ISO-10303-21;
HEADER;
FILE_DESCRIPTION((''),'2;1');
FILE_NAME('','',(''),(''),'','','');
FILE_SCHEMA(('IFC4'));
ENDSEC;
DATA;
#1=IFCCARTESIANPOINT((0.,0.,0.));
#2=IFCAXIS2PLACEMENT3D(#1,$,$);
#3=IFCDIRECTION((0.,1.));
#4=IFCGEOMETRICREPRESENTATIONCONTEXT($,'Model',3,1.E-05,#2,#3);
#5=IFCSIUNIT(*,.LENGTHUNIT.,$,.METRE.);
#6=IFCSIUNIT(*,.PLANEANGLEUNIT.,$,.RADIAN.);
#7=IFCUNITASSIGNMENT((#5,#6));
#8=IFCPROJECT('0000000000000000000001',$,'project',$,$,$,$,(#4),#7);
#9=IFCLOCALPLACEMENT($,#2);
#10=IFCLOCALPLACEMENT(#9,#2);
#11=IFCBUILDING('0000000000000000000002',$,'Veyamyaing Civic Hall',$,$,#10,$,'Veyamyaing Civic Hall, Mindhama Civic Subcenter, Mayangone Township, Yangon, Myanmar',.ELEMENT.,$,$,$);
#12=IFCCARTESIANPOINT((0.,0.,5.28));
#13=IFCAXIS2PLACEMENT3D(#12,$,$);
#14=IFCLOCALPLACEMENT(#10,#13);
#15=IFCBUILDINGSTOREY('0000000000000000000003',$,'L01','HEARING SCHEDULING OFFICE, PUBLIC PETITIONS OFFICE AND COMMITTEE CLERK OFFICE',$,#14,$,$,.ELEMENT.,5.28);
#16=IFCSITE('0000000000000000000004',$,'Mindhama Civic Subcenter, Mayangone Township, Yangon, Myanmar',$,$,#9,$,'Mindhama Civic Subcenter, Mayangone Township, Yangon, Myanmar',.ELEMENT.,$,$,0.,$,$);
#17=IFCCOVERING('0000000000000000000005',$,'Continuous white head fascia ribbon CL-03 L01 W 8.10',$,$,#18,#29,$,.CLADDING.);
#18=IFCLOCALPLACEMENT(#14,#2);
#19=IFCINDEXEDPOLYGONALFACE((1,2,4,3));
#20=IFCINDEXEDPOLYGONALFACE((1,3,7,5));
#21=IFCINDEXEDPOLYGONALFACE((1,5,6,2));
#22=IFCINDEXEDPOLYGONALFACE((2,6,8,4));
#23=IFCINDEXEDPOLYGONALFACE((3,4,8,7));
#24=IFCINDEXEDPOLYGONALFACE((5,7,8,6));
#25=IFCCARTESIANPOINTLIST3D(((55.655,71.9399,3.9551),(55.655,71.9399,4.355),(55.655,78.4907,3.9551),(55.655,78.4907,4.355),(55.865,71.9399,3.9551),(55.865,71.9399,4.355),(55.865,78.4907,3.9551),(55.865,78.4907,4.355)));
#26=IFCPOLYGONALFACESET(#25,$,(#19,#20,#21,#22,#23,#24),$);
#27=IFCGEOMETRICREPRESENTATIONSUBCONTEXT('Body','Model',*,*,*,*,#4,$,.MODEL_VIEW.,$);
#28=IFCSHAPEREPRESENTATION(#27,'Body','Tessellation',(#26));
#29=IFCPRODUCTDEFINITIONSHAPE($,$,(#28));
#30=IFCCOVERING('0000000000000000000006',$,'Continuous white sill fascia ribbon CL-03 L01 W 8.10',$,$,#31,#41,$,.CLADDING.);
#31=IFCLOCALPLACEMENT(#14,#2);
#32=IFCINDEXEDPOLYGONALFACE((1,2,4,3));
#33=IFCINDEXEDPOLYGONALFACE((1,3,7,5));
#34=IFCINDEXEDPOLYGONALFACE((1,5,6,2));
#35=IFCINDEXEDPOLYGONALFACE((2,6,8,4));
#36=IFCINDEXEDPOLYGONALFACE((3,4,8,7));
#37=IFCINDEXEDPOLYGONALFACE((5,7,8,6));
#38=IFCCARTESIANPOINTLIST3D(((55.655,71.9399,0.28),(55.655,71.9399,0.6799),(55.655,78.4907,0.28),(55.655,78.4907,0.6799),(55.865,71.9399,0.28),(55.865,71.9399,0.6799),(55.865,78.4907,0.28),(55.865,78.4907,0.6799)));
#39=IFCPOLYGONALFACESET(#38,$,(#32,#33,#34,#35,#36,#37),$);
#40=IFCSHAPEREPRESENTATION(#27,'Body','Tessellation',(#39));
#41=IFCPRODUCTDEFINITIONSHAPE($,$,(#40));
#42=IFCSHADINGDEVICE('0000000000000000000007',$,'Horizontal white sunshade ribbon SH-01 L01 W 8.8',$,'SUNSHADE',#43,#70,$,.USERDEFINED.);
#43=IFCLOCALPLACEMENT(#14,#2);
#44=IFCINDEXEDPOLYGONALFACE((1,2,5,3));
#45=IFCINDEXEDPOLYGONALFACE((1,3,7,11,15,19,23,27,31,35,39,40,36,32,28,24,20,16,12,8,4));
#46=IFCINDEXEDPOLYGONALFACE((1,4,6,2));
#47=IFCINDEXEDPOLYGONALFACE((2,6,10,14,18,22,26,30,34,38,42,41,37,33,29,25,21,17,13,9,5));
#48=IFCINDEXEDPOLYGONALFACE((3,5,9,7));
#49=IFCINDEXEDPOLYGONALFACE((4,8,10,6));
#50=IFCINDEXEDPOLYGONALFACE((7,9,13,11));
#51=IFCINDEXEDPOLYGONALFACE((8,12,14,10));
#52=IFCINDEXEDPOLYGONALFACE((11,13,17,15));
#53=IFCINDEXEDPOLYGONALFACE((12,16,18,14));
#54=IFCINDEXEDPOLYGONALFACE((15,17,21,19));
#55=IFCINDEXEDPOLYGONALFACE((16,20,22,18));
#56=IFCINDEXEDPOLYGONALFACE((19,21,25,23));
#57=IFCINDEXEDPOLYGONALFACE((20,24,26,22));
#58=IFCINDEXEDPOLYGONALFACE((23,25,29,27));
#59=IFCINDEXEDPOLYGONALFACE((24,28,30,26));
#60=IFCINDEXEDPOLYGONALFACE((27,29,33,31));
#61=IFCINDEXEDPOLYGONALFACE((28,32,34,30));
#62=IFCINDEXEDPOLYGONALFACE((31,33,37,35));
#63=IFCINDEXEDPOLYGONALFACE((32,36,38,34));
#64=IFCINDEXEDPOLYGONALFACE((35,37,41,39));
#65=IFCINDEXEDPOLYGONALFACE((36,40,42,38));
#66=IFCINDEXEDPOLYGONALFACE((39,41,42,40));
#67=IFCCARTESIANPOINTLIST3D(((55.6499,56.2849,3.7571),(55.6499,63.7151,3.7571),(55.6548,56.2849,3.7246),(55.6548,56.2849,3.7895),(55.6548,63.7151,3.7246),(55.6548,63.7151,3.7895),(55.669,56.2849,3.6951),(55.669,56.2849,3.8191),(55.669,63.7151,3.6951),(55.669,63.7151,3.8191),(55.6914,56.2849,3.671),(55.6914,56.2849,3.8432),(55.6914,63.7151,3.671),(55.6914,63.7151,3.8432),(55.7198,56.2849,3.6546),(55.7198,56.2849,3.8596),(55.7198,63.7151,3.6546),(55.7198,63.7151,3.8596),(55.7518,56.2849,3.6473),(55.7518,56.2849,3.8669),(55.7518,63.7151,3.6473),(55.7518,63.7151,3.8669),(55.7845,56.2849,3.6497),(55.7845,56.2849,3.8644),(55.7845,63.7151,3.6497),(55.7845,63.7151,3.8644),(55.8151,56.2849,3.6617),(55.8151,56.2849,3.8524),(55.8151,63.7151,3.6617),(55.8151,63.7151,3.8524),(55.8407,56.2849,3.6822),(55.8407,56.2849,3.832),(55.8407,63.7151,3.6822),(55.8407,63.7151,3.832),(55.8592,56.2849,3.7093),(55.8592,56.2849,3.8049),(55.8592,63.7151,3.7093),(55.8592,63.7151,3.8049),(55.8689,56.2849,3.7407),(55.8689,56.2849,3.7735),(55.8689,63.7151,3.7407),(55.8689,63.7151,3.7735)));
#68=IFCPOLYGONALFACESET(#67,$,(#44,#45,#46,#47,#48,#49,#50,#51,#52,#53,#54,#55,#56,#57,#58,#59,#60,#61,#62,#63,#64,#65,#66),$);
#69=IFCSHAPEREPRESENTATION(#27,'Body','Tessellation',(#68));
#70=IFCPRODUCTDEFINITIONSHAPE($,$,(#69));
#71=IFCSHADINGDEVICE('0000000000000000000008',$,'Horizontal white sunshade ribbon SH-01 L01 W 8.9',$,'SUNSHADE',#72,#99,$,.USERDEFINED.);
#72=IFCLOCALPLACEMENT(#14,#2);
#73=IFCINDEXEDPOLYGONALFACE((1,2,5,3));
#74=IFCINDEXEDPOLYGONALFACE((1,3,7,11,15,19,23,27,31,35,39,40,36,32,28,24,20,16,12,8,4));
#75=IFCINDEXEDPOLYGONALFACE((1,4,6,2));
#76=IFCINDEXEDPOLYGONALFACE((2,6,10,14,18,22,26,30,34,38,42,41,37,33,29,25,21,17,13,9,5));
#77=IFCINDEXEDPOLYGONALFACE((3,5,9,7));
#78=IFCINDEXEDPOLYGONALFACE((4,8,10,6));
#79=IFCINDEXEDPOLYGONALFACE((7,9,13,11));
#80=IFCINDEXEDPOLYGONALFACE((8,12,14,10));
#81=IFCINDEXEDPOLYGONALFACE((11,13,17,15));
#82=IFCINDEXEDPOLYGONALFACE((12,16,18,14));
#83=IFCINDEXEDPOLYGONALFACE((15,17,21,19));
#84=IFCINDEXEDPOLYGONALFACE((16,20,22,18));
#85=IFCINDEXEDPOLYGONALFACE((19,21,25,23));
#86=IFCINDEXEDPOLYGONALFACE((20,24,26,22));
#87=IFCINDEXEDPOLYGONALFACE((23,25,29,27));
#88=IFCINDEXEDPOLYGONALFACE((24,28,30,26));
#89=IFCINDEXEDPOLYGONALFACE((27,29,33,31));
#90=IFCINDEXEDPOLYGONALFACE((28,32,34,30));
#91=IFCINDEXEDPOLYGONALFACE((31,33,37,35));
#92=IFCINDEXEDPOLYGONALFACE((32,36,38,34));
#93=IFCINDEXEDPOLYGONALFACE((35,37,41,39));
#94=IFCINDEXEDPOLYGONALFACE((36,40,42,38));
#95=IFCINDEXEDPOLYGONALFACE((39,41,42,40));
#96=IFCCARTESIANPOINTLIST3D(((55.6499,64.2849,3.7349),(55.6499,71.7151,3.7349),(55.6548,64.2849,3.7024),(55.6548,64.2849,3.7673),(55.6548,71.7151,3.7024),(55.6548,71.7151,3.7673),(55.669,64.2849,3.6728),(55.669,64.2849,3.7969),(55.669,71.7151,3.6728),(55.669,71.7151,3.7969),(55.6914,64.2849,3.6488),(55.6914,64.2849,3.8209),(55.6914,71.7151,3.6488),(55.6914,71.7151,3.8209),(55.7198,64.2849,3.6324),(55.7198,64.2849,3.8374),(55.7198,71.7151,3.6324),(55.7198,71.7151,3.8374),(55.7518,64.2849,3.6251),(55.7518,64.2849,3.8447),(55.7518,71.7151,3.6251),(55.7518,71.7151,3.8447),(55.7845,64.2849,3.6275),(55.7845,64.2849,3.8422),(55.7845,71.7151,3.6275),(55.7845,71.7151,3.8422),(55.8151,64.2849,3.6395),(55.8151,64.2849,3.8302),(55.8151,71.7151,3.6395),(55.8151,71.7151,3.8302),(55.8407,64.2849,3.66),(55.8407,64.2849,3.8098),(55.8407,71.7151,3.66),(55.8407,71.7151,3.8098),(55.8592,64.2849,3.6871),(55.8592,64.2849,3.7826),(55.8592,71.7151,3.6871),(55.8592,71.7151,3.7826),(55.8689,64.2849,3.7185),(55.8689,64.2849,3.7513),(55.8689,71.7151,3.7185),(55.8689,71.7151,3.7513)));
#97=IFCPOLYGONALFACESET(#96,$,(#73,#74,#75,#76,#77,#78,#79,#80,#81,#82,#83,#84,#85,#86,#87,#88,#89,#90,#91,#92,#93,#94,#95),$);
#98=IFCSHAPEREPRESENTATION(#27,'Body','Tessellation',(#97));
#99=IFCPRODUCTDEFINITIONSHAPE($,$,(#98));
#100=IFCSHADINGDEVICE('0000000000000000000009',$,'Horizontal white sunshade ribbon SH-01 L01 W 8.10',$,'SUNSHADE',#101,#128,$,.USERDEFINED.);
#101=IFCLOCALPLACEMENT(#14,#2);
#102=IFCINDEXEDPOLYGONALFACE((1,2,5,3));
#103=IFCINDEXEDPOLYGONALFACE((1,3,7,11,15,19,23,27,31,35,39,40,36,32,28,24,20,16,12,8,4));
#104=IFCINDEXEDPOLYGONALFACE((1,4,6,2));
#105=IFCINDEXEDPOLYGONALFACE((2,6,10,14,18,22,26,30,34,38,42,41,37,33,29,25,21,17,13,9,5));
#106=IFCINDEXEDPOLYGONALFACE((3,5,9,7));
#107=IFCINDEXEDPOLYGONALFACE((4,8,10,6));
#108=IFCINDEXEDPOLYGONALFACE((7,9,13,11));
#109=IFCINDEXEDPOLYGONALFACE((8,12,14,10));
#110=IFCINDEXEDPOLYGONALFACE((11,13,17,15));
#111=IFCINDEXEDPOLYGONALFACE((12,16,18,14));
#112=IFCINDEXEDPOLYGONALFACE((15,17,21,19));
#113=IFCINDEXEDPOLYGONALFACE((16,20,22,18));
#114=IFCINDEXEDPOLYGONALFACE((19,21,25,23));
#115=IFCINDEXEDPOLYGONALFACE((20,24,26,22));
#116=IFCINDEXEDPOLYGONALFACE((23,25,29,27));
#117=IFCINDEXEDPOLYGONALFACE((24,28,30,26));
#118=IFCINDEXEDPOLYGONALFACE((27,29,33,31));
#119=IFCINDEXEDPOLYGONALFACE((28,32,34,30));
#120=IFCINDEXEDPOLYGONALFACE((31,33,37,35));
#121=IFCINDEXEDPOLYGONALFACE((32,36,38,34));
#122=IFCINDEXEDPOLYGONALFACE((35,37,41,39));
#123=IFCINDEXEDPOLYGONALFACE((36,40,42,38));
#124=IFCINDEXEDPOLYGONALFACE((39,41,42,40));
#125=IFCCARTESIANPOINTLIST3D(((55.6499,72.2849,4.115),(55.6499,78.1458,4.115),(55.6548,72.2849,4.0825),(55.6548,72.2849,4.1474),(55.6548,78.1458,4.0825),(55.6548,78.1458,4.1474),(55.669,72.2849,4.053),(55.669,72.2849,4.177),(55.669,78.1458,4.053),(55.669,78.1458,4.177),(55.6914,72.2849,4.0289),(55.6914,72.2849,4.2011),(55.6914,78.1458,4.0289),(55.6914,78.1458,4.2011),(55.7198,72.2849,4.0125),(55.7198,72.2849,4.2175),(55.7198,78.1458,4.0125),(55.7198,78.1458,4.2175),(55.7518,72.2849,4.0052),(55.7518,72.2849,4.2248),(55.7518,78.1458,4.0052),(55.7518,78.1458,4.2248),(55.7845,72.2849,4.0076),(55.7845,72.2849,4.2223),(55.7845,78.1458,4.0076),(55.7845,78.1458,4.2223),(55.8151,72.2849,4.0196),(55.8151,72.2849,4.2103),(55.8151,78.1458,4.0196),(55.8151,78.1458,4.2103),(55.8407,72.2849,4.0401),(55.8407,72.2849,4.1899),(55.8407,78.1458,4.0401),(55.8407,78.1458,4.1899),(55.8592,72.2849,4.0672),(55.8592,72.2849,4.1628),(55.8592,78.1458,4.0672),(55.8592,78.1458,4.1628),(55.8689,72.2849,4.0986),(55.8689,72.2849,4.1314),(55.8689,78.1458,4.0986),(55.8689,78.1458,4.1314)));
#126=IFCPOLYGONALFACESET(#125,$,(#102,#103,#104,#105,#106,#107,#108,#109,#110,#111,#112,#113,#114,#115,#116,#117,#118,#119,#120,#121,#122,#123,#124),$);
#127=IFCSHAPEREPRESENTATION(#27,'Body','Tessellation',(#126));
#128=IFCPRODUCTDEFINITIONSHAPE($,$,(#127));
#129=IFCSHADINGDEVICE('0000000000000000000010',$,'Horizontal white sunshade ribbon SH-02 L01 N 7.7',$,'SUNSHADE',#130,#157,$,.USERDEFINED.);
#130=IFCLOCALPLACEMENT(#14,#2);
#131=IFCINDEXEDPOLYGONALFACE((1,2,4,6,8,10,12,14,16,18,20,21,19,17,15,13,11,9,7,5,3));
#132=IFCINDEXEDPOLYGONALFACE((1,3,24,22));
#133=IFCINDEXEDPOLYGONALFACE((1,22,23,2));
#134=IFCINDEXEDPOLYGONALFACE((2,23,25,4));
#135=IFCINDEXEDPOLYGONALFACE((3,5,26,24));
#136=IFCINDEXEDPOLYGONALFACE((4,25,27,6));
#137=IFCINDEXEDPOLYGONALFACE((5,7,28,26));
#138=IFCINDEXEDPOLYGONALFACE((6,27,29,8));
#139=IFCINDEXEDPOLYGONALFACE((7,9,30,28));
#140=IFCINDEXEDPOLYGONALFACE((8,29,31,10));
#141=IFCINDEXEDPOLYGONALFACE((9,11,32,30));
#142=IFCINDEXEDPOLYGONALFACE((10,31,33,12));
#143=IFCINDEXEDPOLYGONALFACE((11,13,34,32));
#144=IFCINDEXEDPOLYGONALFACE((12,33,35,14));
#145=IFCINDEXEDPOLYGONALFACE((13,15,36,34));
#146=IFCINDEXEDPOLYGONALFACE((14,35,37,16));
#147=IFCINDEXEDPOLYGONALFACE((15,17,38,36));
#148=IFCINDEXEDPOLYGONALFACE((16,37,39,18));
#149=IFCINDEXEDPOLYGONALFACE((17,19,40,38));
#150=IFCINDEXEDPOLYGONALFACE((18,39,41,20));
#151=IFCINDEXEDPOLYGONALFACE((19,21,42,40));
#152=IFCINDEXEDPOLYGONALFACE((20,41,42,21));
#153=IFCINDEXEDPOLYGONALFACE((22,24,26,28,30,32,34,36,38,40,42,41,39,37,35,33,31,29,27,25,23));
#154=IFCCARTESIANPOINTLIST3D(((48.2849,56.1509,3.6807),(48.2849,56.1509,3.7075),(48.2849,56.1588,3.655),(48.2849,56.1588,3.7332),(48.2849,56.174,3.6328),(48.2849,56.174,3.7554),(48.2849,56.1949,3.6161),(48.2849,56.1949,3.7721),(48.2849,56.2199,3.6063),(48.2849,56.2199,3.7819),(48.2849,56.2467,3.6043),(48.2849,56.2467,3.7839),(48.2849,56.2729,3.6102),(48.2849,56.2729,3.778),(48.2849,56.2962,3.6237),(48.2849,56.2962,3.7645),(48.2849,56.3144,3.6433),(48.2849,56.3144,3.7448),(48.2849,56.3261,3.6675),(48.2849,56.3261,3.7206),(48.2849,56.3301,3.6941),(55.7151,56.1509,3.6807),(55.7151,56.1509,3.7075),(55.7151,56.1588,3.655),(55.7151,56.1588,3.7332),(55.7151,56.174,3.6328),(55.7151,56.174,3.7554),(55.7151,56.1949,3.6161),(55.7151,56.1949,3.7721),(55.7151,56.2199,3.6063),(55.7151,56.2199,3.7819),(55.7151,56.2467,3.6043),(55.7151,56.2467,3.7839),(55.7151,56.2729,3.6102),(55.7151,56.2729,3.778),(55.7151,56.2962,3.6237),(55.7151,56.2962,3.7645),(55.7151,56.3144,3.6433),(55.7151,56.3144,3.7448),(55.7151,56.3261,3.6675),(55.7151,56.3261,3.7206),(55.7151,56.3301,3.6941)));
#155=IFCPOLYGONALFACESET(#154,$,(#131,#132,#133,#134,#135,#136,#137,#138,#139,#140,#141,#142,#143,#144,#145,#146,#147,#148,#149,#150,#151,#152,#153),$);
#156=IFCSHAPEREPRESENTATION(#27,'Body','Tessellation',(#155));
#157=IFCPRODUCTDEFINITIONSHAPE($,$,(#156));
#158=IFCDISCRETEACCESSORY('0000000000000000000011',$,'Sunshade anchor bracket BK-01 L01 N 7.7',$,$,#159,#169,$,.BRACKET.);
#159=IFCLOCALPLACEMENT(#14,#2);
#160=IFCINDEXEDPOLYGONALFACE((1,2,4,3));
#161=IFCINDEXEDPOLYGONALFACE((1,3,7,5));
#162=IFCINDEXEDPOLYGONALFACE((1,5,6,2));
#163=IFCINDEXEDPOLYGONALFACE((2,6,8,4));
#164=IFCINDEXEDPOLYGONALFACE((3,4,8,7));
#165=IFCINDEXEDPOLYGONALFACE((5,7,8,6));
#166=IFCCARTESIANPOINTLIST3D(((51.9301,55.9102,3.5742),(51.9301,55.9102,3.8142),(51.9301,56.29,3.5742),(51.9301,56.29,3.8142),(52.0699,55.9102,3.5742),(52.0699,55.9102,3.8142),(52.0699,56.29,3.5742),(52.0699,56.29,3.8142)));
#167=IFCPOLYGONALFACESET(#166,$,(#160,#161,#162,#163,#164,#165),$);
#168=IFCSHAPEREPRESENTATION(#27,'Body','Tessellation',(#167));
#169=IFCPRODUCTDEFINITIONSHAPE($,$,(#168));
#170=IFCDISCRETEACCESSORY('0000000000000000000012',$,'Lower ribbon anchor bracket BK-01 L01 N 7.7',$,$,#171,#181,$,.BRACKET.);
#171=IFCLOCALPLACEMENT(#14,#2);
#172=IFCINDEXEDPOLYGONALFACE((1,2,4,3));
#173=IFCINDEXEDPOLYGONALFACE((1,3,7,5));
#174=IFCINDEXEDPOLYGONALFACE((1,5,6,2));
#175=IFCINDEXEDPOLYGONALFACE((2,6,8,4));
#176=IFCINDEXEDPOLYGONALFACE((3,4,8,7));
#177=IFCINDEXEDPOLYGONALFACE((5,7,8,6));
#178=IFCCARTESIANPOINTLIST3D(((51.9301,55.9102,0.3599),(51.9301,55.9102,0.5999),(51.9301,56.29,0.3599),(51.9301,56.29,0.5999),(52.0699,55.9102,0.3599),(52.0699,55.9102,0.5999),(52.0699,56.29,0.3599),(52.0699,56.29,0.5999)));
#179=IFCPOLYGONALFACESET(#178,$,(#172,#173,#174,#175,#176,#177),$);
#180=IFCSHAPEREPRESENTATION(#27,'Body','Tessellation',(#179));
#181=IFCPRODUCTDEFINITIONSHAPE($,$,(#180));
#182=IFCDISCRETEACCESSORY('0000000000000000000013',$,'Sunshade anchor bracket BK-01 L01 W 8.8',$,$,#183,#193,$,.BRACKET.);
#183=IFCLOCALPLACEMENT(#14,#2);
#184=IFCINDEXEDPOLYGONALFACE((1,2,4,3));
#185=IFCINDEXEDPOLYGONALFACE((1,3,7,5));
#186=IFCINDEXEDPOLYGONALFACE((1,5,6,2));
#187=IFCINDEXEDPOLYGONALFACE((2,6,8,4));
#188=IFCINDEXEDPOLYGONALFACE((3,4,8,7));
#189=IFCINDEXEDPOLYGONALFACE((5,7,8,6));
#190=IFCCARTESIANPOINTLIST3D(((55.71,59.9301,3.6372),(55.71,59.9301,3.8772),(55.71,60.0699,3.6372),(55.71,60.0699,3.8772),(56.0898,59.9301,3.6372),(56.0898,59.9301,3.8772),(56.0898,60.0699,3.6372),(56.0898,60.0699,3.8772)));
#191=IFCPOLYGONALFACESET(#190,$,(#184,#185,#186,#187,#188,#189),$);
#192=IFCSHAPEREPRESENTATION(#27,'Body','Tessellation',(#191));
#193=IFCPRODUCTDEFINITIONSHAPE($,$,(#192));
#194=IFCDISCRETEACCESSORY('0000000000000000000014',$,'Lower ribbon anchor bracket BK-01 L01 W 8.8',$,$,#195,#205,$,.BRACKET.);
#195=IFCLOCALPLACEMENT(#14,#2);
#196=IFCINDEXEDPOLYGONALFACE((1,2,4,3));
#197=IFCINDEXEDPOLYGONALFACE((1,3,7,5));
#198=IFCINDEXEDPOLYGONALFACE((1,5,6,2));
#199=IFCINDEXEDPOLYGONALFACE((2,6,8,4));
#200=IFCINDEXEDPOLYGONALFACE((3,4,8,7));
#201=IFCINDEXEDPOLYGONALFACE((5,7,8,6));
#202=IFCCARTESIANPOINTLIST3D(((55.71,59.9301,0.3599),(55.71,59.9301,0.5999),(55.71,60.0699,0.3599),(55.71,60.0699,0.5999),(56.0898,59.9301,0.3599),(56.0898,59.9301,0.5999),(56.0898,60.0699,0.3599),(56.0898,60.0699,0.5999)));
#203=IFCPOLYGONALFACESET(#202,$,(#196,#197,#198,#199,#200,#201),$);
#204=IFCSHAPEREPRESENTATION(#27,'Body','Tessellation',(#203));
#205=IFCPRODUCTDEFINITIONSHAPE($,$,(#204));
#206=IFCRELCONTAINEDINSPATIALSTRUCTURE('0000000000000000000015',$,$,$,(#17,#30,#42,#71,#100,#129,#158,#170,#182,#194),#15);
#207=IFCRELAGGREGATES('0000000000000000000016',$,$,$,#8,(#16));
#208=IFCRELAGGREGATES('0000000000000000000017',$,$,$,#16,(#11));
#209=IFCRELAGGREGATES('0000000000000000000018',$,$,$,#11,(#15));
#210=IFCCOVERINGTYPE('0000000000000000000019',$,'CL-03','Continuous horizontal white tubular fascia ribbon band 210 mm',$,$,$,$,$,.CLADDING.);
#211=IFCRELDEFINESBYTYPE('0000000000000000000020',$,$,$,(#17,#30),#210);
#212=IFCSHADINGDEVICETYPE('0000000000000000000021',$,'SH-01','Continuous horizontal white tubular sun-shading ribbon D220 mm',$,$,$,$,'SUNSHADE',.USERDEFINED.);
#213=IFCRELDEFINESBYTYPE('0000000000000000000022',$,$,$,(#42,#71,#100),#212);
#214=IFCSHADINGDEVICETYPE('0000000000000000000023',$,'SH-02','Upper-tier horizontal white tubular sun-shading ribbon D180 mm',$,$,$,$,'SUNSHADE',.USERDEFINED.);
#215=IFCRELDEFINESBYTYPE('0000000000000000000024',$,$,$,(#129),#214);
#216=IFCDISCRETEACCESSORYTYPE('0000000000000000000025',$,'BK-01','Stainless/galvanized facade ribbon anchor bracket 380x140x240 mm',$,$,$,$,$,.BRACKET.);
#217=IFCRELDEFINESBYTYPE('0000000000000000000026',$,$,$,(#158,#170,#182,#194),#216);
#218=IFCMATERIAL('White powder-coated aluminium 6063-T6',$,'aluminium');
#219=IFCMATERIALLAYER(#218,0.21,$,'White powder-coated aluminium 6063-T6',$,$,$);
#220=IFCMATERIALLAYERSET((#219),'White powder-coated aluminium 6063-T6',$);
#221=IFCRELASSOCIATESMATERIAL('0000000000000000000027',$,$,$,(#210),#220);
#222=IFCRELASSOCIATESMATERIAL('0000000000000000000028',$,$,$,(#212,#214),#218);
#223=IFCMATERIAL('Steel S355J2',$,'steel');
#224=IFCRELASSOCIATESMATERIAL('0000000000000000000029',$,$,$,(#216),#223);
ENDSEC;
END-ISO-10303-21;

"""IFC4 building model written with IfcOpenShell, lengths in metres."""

from ifc_helpers import new_model, si_unit, direction, frame, origin, origin_2d, place, context, subcontext, project, spatial, rectangle, circle, extrude, material, layer, layer_set, material_profile, profile_set, type_object, element, save


model = new_model("IFC4")

# Units and contexts
model_context = context("Model", 3, precision=1e-05, world=origin(), true_north=direction((0.0, 1.0)))
body_context = subcontext(model_context, "Body", "Model", "MODEL_VIEW")
ifc_project = project(units=[si_unit("LENGTHUNIT", "METRE"), si_unit("PLANEANGLEUNIT", "RADIAN")], contexts=[model_context])

# Site, building, storey
site_placement = place(None, origin())
site = spatial("IfcSite", under=ifc_project, at=site_placement, Name="Mindhama Civic Subcenter, Mayangone Township, Yangon, Myanmar", LongName="Mindhama Civic Subcenter, Mayangone Township, Yangon, Myanmar", CompositionType="ELEMENT", RefElevation=0.0)
building_placement = place(site_placement, origin())
building = spatial("IfcBuilding", under=site, at=building_placement, Name="Veyamyaing Civic Hall", LongName="Veyamyaing Civic Hall, Mindhama Civic Subcenter, Mayangone Township, Yangon, Myanmar", CompositionType="ELEMENT")
storey_placement = place(building_placement, frame((0.0, 0.0, 5.28)))
storey = spatial("IfcBuildingStorey", under=building, at=storey_placement, Name="L01", Description="HEARING SCHEDULING OFFICE, PUBLIC PETITIONS OFFICE AND COMMITTEE CLERK OFFICE", CompositionType="ELEMENT", Elevation=5.28)

# Coverings
ifc_material_1 = material(Name="White powder-coated aluminium 6063-T6", Category="aluminium")
ifc_layer_1 = layer(ifc_material_1, 0.21, Name="White powder-coated aluminium 6063-T6")
ifc_layer_set_1 = layer_set([ifc_layer_1], Name="White powder-coated aluminium 6063-T6")
covering_type_1 = type_object("IfcCoveringType", Name="CL-03", Description="Continuous horizontal white tubular fascia ribbon band 210 mm", PredefinedType="CLADDING", material=ifc_layer_set_1)
for number, where, z_axis, x_axis, name in (
    (1, (55.76, 75.2153, 3.9551), (0.0, 0.0, 1.0), (0.0, 1.0, 0.0), "Continuous white head fascia ribbon CL-03 L01 W 8.10"),
    (2, (55.76, 75.2153, 0.28), (0.0, 0.0, 1.0), (0.0, 1.0, 0.0), "Continuous white sill fascia ribbon CL-03 L01 W 8.10"),
):
    element("IfcCovering", number, at=place(storey_placement, frame(where, z_axis=z_axis, x_axis=x_axis)), inside=storey, type_object=covering_type_1, Name=name, PredefinedType="CLADDING", context=body_context, shape_type="SweptSolid", body=[
        extrude(rectangle(XDim=6.5508, YDim=0.21, at=origin_2d()), origin(), (0.0, 0.0, 1.0), 0.3999),
    ])

# Shading devices
ifc_material_profile_1 = material_profile(ifc_material_1, circle(Radius=0.1101, at=origin_2d()), Name="SHADE-TUBE-220")
ifc_profile_set_1 = profile_set([ifc_material_profile_1], Name="White powder-coated aluminium 6063-T6")
shading_device_type_1 = type_object("IfcShadingDeviceType", Name="SH-01", Description="Continuous horizontal white tubular sun-shading ribbon D220 mm", ElementType="SUNSHADE", PredefinedType="USERDEFINED", material=ifc_profile_set_1)
for number, where, z_axis, x_axis, name in (
    (3, (55.76, 56.2849, 3.7571), (0.0, 1.0, 0.0), (-1.0, 0.0, 0.0), "Horizontal white sunshade ribbon SH-01 L01 W 8.8"),
    (4, (55.76, 64.2849, 3.7349), (0.0, 1.0, 0.0), (-1.0, 0.0, 0.0), "Horizontal white sunshade ribbon SH-01 L01 W 8.9"),
):
    element("IfcShadingDevice", number, at=place(storey_placement, frame(where, z_axis=z_axis, x_axis=x_axis)), inside=storey, type_object=shading_device_type_1, Name=name, ObjectType="SUNSHADE", PredefinedType="USERDEFINED", context=body_context, shape_type="SweptSolid", body=[
        extrude(circle(Radius=0.1101, at=origin_2d()), origin(), (0.0, 0.0, 1.0), 7.4302),
    ])
shading_device_1_placement = place(storey_placement, frame((55.76, 72.2849, 4.115), z_axis=(0.0, 1.0, 0.0), x_axis=(-1.0, 0.0, 0.0)))
element("IfcShadingDevice", 5, at=shading_device_1_placement, inside=storey, type_object=shading_device_type_1, Name="Horizontal white sunshade ribbon SH-01 L01 W 8.10", ObjectType="SUNSHADE", PredefinedType="USERDEFINED", context=body_context, shape_type="SweptSolid", body=[
    extrude(circle(Radius=0.1101, at=origin_2d()), origin(), (0.0, 0.0, 1.0), 5.8608),
])
ifc_material_profile_2 = material_profile(ifc_material_1, circle(Radius=0.0901, at=origin_2d()), Name="SHADE-TUBE-180")
ifc_profile_set_2 = profile_set([ifc_material_profile_2], Name="White powder-coated aluminium 6063-T6")
shading_device_type_2 = type_object("IfcShadingDeviceType", Name="SH-02", Description="Upper-tier horizontal white tubular sun-shading ribbon D180 mm", ElementType="SUNSHADE", PredefinedType="USERDEFINED", material=ifc_profile_set_2)
shading_device_2_placement = place(storey_placement, frame((48.2849, 56.24, 3.6941), z_axis=(1.0, 0.0, 0.0), x_axis=(0.0, 1.0, 0.0)))
element("IfcShadingDevice", 6, at=shading_device_2_placement, inside=storey, type_object=shading_device_type_2, Name="Horizontal white sunshade ribbon SH-02 L01 N 7.7", ObjectType="SUNSHADE", PredefinedType="USERDEFINED", context=body_context, shape_type="SweptSolid", body=[
    extrude(circle(Radius=0.0901, at=origin_2d()), origin(), (0.0, 0.0, 1.0), 7.4302),
])

# Discrete accessories
ifc_material_2 = material(Name="Steel S355J2", Category="steel")
discrete_accessory_type = type_object("IfcDiscreteAccessoryType", Name="BK-01", Description="Stainless/galvanized facade ribbon anchor bracket 380x140x240 mm", PredefinedType="BRACKET", material=ifc_material_2)
for number, where, z_axis, x_axis, name in (
    (7, (52.0, 56.1001, 3.5742), (0.0, 0.0, 1.0), (0.0, 1.0, 0.0), "Sunshade anchor bracket BK-01 L01 N 7.7"),
    (8, (52.0, 56.1001, 0.3599), (0.0, 0.0, 1.0), (0.0, 1.0, 0.0), "Lower ribbon anchor bracket BK-01 L01 N 7.7"),
    (9, (55.8999, 60.0, 3.6372), (0.0, 0.0, 1.0), (-1.0, 0.0, 0.0), "Sunshade anchor bracket BK-01 L01 W 8.8"),
    (10, (55.8999, 60.0, 0.3599), (0.0, 0.0, 1.0), (-1.0, 0.0, 0.0), "Lower ribbon anchor bracket BK-01 L01 W 8.8"),
):
    element("IfcDiscreteAccessory", number, at=place(storey_placement, frame(where, z_axis=z_axis, x_axis=x_axis)), inside=storey, type_object=discrete_accessory_type, Name=name, PredefinedType="BRACKET", context=body_context, shape_type="SweptSolid", body=[
        extrude(rectangle(XDim=0.3799, YDim=0.1399, at=origin_2d()), origin(), (0.0, 0.0, 1.0), 0.24),
    ])

save(model, "model.ifc")
